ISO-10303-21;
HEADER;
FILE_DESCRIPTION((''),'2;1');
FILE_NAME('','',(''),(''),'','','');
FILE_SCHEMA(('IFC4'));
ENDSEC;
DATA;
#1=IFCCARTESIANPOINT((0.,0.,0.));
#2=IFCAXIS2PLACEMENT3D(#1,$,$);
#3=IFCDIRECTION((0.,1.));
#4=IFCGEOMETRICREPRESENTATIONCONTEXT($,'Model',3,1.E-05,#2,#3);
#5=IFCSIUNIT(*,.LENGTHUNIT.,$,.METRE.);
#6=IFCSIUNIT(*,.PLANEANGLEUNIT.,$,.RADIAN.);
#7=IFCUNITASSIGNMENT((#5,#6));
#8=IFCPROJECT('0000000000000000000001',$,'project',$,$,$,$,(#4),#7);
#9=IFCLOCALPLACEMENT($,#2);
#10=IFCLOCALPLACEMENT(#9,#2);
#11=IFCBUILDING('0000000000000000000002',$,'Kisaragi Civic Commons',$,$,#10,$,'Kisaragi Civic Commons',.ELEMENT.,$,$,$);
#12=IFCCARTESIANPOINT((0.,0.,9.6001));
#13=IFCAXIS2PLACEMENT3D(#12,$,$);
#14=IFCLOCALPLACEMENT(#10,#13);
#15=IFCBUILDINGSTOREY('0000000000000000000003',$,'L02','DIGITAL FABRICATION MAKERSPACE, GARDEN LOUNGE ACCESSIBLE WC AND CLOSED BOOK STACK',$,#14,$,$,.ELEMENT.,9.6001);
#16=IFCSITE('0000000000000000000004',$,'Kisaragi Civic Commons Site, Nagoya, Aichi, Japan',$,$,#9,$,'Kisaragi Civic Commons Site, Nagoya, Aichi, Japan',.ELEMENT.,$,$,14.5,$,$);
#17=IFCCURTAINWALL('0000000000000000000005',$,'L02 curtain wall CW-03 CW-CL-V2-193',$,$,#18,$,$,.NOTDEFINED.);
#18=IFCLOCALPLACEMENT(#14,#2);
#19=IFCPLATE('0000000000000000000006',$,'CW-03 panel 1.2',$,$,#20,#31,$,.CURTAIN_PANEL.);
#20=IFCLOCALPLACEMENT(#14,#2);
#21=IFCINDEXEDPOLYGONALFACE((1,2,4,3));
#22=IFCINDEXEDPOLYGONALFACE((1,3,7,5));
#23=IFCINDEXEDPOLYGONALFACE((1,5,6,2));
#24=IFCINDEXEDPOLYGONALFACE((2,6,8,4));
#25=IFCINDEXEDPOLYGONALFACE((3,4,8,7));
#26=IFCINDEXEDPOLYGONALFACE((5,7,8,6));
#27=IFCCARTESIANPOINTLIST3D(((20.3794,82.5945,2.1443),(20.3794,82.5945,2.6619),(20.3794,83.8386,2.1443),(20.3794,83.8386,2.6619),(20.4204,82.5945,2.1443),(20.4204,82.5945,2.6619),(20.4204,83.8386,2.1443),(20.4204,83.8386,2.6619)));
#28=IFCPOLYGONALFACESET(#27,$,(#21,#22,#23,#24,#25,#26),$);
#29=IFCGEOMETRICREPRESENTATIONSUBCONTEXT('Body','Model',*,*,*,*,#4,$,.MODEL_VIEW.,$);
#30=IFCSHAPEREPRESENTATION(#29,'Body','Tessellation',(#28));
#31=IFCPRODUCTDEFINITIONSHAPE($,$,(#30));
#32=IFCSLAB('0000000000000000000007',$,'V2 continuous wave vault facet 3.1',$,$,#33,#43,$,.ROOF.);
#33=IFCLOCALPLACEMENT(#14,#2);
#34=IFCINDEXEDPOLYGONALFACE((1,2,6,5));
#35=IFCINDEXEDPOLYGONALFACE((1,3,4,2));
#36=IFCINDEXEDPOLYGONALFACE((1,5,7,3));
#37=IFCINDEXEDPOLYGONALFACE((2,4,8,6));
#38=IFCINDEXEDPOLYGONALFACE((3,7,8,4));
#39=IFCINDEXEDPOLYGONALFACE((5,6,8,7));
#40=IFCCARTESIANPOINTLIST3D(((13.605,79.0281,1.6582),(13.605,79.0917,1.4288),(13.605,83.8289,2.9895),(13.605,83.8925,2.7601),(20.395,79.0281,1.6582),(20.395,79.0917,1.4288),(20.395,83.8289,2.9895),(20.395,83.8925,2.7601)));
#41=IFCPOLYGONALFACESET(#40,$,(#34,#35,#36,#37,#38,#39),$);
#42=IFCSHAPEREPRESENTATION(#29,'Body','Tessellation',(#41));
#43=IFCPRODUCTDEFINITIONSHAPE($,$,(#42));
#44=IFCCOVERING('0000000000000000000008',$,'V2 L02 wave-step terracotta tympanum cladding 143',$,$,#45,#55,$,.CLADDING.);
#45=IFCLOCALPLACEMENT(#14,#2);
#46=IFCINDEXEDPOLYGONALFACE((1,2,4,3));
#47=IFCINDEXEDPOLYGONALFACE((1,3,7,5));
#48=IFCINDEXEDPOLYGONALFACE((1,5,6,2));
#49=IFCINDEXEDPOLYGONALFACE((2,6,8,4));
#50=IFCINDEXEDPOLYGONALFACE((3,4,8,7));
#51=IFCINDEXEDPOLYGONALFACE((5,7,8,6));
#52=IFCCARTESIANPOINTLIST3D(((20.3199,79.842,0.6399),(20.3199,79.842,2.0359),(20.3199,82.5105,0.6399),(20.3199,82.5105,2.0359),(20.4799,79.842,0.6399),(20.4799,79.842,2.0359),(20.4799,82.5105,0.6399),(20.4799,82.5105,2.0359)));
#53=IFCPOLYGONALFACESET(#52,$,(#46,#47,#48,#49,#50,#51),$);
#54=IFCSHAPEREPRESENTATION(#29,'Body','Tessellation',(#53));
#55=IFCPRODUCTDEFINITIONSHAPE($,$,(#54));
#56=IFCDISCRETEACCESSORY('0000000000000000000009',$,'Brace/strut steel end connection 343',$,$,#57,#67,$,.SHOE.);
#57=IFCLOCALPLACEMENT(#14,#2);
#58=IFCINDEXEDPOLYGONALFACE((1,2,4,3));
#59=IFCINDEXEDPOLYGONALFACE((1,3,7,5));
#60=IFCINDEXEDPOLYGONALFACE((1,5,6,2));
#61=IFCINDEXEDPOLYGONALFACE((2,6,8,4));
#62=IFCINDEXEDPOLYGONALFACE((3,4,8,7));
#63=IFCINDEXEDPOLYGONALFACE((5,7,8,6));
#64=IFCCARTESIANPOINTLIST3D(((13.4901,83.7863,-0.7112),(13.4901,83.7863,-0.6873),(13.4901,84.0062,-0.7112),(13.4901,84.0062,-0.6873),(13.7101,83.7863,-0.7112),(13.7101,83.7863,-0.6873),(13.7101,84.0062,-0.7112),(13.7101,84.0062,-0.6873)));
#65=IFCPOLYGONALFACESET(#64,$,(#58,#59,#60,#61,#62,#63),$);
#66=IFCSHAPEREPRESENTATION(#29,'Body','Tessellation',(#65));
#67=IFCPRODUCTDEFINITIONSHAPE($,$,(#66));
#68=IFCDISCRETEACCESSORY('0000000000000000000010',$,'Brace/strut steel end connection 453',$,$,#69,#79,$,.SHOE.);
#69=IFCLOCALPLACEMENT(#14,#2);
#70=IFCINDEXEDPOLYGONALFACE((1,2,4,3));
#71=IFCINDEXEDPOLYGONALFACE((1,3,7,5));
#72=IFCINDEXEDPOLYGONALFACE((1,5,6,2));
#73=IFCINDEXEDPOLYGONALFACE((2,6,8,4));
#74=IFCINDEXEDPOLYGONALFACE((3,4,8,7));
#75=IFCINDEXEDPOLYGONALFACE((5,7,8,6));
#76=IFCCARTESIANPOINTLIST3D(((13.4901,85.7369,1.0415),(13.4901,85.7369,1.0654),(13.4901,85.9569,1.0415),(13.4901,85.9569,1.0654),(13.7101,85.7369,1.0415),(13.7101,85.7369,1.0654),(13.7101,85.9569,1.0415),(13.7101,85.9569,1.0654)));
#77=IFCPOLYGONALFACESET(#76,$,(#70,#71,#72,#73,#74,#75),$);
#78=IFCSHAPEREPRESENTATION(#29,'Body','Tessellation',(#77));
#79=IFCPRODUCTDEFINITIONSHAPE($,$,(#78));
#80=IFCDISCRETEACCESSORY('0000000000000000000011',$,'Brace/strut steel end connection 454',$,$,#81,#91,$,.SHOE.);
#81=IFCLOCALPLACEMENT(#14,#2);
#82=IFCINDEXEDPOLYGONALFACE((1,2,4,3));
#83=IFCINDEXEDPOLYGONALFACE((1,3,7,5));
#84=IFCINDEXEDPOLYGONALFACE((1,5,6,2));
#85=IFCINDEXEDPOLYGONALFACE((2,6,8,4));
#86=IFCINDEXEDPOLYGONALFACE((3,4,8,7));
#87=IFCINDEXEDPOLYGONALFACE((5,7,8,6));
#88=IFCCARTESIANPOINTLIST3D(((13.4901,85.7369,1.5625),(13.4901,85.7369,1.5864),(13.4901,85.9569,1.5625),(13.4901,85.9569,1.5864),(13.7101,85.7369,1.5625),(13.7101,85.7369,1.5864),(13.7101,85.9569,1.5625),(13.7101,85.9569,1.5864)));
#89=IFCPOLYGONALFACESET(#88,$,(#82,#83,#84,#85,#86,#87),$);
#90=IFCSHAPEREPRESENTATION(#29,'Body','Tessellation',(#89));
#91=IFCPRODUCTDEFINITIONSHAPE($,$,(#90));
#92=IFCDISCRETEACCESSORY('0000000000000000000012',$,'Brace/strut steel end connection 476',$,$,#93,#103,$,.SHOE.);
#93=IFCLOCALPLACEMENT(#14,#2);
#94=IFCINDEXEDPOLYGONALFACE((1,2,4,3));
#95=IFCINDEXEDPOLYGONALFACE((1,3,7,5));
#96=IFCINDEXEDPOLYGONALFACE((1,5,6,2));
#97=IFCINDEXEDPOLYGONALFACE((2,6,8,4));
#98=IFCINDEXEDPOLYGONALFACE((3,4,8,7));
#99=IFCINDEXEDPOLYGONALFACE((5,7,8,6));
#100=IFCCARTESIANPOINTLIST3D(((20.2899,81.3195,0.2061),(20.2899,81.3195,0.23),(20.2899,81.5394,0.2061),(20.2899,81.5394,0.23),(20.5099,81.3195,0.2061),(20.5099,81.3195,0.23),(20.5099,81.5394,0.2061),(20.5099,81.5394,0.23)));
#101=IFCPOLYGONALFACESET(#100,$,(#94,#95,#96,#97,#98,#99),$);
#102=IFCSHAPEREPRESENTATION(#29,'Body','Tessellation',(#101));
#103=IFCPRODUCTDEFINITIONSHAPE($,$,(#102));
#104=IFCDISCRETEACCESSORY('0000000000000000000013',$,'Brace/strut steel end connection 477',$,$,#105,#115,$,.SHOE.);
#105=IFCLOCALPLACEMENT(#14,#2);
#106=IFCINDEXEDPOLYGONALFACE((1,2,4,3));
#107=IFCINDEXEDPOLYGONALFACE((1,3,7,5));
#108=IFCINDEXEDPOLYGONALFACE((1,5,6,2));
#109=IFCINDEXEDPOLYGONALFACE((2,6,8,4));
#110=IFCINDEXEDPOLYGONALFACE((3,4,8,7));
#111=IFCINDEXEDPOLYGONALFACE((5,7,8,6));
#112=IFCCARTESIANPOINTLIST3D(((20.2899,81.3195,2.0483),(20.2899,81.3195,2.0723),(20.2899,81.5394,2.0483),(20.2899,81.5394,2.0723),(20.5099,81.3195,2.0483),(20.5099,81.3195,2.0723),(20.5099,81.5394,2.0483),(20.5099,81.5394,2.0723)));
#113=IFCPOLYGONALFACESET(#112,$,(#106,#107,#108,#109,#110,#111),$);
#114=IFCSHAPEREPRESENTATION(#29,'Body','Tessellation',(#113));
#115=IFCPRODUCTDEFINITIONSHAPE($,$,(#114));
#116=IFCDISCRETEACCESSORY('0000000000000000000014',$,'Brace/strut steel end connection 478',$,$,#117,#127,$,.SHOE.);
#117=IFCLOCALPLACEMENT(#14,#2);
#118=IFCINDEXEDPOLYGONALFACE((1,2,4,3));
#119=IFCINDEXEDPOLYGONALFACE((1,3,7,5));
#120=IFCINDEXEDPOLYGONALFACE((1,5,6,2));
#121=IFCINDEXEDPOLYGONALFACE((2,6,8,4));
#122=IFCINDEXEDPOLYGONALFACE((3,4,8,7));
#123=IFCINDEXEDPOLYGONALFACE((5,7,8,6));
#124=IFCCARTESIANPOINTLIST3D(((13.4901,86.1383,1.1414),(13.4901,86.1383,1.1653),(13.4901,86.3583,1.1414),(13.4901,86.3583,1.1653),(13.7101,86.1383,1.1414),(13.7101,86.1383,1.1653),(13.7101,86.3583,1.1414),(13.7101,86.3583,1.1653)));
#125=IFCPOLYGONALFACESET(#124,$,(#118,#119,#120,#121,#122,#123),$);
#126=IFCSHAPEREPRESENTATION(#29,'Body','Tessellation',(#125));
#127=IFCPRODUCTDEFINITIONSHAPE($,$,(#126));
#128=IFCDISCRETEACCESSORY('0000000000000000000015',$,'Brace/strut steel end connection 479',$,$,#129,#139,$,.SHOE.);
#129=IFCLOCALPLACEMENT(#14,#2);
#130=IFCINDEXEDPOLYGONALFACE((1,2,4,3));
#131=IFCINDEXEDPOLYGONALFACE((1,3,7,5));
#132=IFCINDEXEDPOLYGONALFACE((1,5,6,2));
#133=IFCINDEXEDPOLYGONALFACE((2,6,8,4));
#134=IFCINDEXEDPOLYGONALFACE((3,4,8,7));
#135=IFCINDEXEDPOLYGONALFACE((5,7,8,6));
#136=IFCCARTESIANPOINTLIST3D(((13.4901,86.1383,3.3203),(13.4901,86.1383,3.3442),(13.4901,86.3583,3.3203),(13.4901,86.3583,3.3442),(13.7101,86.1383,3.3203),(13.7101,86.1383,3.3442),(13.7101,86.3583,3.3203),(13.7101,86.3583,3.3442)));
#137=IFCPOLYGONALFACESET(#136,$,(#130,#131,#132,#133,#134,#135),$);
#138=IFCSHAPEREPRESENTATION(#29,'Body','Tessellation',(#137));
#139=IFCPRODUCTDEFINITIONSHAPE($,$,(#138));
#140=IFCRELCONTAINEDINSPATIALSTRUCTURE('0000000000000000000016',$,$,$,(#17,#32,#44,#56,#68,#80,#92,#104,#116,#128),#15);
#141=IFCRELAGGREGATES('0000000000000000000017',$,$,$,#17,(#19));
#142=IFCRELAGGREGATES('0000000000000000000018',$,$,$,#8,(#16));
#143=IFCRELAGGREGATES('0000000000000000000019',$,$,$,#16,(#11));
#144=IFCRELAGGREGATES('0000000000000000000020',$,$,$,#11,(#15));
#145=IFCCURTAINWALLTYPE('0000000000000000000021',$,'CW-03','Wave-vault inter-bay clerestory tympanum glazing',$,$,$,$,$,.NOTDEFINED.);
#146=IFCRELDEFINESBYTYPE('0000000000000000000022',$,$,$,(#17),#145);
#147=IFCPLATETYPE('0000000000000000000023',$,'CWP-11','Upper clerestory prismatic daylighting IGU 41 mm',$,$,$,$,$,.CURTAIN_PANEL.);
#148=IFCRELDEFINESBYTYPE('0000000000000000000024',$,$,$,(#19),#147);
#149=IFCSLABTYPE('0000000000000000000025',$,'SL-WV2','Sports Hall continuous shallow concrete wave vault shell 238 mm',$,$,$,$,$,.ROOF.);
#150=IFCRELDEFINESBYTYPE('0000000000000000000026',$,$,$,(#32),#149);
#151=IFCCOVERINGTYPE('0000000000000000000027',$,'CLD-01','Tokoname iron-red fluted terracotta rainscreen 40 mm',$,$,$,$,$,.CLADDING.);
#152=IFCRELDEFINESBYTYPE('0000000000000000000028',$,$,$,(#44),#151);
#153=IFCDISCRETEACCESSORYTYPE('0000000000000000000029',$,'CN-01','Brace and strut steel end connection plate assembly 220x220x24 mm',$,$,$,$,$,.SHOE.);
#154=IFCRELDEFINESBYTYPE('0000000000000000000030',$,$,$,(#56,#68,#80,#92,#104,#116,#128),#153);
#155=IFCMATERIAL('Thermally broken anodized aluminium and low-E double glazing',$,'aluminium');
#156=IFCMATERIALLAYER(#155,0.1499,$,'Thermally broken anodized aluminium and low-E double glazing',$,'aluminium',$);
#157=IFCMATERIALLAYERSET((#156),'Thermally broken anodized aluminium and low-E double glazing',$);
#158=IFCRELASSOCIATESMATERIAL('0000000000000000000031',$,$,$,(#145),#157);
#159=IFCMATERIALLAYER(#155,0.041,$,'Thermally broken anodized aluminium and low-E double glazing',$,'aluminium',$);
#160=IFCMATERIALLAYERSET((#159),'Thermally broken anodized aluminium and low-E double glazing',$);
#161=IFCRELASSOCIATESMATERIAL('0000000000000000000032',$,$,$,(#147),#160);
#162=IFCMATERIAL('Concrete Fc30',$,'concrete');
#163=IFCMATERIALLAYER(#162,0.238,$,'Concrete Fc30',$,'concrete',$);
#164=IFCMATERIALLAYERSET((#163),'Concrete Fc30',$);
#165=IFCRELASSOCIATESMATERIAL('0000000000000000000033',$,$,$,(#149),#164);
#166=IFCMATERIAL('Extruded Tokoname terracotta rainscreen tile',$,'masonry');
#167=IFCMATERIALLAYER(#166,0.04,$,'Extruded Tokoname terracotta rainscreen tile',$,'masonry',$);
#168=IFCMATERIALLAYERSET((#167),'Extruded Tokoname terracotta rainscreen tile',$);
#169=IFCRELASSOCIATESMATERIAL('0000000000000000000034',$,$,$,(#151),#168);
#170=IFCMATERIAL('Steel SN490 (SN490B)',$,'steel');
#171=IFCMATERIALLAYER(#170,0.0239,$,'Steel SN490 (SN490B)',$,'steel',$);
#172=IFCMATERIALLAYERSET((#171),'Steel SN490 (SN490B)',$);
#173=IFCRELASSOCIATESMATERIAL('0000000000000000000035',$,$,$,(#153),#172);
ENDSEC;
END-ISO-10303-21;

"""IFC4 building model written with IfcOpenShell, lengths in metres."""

from ifc_helpers import new_model, si_unit, direction, frame, origin, origin_2d, place, context, subcontext, project, spatial, polyline, rectangle, outline, extrude, material, layer, layer_set, type_object, element, aggregate, save


model = new_model("IFC4")

# Units and contexts
model_context = context("Model", 3, precision=1e-05, world=origin(), true_north=direction((0.0, 1.0)))
body_context = subcontext(model_context, "Body", "Model", "MODEL_VIEW")
ifc_project = project(units=[si_unit("LENGTHUNIT", "METRE"), si_unit("PLANEANGLEUNIT", "RADIAN")], contexts=[model_context])

# Site, building, storey
site_placement = place(None, origin())
site = spatial("IfcSite", under=ifc_project, at=site_placement, Name="Kisaragi Civic Commons Site, Nagoya, Aichi, Japan", LongName="Kisaragi Civic Commons Site, Nagoya, Aichi, Japan", CompositionType="ELEMENT", RefElevation=14.5)
building_placement = place(site_placement, origin())
building = spatial("IfcBuilding", under=site, at=building_placement, Name="Kisaragi Civic Commons", LongName="Kisaragi Civic Commons", CompositionType="ELEMENT")
storey_placement = place(building_placement, frame((0.0, 0.0, 9.6001)))
storey = spatial("IfcBuildingStorey", under=building, at=storey_placement, Name="L02", Description="DIGITAL FABRICATION MAKERSPACE, GARDEN LOUNGE ACCESSIBLE WC AND CLOSED BOOK STACK", CompositionType="ELEMENT", Elevation=9.6001)

# Curtain wall
ifc_material_1 = material(Name="Thermally broken anodized aluminium and low-E double glazing", Category="aluminium")
ifc_layer_1 = layer(ifc_material_1, 0.1499, Name="Thermally broken anodized aluminium and low-E double glazing", Category="aluminium")
ifc_layer_set_1 = layer_set([ifc_layer_1], Name="Thermally broken anodized aluminium and low-E double glazing")
curtain_wall_type = type_object("IfcCurtainWallType", Name="CW-03", Description="Wave-vault inter-bay clerestory tympanum glazing", PredefinedType="NOTDEFINED", material=ifc_layer_set_1)
curtain_wall_1_placement = place(storey_placement, origin())
curtain_wall_1 = element("IfcCurtainWall", 1, at=curtain_wall_1_placement, inside=storey, type_object=curtain_wall_type, Name="L02 curtain wall CW-03 CW-CL-V2-193", PredefinedType="NOTDEFINED")

# Shared definitions
ifc_material_2 = material(Name="Steel SN490 (SN490B)", Category="steel")

# Plate
ifc_layer_2 = layer(ifc_material_1, 0.041, Name="Thermally broken anodized aluminium and low-E double glazing", Category="aluminium")
ifc_layer_set_2 = layer_set([ifc_layer_2], Name="Thermally broken anodized aluminium and low-E double glazing")
plate_type_1 = type_object("IfcPlateType", Name="CWP-11", Description="Upper clerestory prismatic daylighting IGU 41 mm", PredefinedType="CURTAIN_PANEL", material=ifc_layer_set_2)
plate_1_placement = place(storey_placement, frame((20.3999, 83.2166, 2.1443), z_axis=(0.0, 0.0, 1.0), x_axis=(0.0, 1.0, 0.0)))
plate_1 = element("IfcPlate", 2, at=plate_1_placement, type_object=plate_type_1, Name="CW-03 panel 1.2", PredefinedType="CURTAIN_PANEL", context=body_context, shape_type="SweptSolid", body=[
    extrude(rectangle(XDim=1.2441, YDim=0.041, at=origin_2d()), origin(), (0.0, 0.0, 1.0), 0.5176),
])
aggregate(curtain_wall_1, [plate_1])

# Slab
ifc_material_3 = material(Name="Concrete Fc30", Category="concrete")
ifc_layer_3 = layer(ifc_material_3, 0.238, Name="Concrete Fc30", Category="concrete")
ifc_layer_set_3 = layer_set([ifc_layer_3], Name="Concrete Fc30")
slab_type = type_object("IfcSlabType", Name="SL-WV2", Description="Sports Hall continuous shallow concrete wave vault shell 238 mm", PredefinedType="ROOF", material=ifc_layer_set_3)
slab_placement = place(storey_placement, frame((20.395, 83.8289, 2.9895), z_axis=(0.0, -0.267224, 0.963634), x_axis=(-1.0, 0.0, 0.0)))
element("IfcSlab", 3, at=slab_placement, inside=storey, type_object=slab_type, Name="V2 continuous wave vault facet 3.1", PredefinedType="ROOF", context=body_context, shape_type="SweptSolid", body=[
    extrude(outline(polyline([(0.0, 0.0), (6.79, 0.0), (6.79, 4.982), (0.0, 4.982), (0.0, 0.0)])), origin(), (0.0, 0.0, -1.0), 0.238),
])

# Covering
ifc_material_4 = material(Name="Extruded Tokoname terracotta rainscreen tile", Category="masonry")
ifc_layer_4 = layer(ifc_material_4, 0.04, Name="Extruded Tokoname terracotta rainscreen tile", Category="masonry")
ifc_layer_set_4 = layer_set([ifc_layer_4], Name="Extruded Tokoname terracotta rainscreen tile")
covering_type = type_object("IfcCoveringType", Name="CLD-01", Description="Tokoname iron-red fluted terracotta rainscreen 40 mm", PredefinedType="CLADDING", material=ifc_layer_set_4)
covering_placement = place(storey_placement, frame((20.3999, 81.1763, 0.6399), z_axis=(0.0, 0.0, 1.0), x_axis=(0.0, 1.0, 0.0)))
element("IfcCovering", 4, at=covering_placement, inside=storey, type_object=covering_type, Name="V2 L02 wave-step terracotta tympanum cladding 143", PredefinedType="CLADDING", context=body_context, shape_type="SweptSolid", body=[
    extrude(rectangle(XDim=2.6685, YDim=0.1599, at=origin_2d()), origin(), (0.0, 0.0, 1.0), 1.396),
])

# Discrete accessories
ifc_layer_5 = layer(ifc_material_2, 0.0239, Name="Steel SN490 (SN490B)", Category="steel")
ifc_layer_set_5 = layer_set([ifc_layer_5], Name="Steel SN490 (SN490B)")
discrete_accessory_type = type_object("IfcDiscreteAccessoryType", Name="CN-01", Description="Brace and strut steel end connection plate assembly 220x220x24 mm", PredefinedType="SHOE", material=ifc_layer_set_5)
for number, where, z_axis, x_axis, name in (
    (5, (13.6001, 83.8962, -0.7112), (0.0, 0.0, 1.0), (1.0, 0.0, 0.0), "Brace/strut steel end connection 343"),
    (6, (13.6001, 85.8469, 1.0415), (0.0, 0.0, 1.0), (1.0, 0.0, 0.0), "Brace/strut steel end connection 453"),
    (7, (13.6001, 85.8469, 1.5625), (0.0, 0.0, 1.0), (1.0, 0.0, 0.0), "Brace/strut steel end connection 454"),
    (8, (20.3999, 81.4294, 0.2061), (0.0, 0.0, 1.0), (1.0, 0.0, 0.0), "Brace/strut steel end connection 476"),
    (9, (20.3999, 81.4294, 2.0483), (0.0, 0.0, 1.0), (1.0, 0.0, 0.0), "Brace/strut steel end connection 477"),
    (10, (13.6001, 86.2483, 1.1414), (0.0, 0.0, 1.0), (1.0, 0.0, 0.0), "Brace/strut steel end connection 478"),
    (11, (13.6001, 86.2483, 3.3203), (0.0, 0.0, 1.0), (1.0, 0.0, 0.0), "Brace/strut steel end connection 479"),
):
    element("IfcDiscreteAccessory", number, at=place(storey_placement, frame(where, z_axis=z_axis, x_axis=x_axis)), inside=storey, type_object=discrete_accessory_type, Name=name, PredefinedType="SHOE", context=body_context, shape_type="SweptSolid", body=[
        extrude(rectangle(XDim=0.22, YDim=0.22, at=origin_2d()), origin(), (0.0, 0.0, 1.0), 0.0239),
    ])

save(model, "model.ifc")
